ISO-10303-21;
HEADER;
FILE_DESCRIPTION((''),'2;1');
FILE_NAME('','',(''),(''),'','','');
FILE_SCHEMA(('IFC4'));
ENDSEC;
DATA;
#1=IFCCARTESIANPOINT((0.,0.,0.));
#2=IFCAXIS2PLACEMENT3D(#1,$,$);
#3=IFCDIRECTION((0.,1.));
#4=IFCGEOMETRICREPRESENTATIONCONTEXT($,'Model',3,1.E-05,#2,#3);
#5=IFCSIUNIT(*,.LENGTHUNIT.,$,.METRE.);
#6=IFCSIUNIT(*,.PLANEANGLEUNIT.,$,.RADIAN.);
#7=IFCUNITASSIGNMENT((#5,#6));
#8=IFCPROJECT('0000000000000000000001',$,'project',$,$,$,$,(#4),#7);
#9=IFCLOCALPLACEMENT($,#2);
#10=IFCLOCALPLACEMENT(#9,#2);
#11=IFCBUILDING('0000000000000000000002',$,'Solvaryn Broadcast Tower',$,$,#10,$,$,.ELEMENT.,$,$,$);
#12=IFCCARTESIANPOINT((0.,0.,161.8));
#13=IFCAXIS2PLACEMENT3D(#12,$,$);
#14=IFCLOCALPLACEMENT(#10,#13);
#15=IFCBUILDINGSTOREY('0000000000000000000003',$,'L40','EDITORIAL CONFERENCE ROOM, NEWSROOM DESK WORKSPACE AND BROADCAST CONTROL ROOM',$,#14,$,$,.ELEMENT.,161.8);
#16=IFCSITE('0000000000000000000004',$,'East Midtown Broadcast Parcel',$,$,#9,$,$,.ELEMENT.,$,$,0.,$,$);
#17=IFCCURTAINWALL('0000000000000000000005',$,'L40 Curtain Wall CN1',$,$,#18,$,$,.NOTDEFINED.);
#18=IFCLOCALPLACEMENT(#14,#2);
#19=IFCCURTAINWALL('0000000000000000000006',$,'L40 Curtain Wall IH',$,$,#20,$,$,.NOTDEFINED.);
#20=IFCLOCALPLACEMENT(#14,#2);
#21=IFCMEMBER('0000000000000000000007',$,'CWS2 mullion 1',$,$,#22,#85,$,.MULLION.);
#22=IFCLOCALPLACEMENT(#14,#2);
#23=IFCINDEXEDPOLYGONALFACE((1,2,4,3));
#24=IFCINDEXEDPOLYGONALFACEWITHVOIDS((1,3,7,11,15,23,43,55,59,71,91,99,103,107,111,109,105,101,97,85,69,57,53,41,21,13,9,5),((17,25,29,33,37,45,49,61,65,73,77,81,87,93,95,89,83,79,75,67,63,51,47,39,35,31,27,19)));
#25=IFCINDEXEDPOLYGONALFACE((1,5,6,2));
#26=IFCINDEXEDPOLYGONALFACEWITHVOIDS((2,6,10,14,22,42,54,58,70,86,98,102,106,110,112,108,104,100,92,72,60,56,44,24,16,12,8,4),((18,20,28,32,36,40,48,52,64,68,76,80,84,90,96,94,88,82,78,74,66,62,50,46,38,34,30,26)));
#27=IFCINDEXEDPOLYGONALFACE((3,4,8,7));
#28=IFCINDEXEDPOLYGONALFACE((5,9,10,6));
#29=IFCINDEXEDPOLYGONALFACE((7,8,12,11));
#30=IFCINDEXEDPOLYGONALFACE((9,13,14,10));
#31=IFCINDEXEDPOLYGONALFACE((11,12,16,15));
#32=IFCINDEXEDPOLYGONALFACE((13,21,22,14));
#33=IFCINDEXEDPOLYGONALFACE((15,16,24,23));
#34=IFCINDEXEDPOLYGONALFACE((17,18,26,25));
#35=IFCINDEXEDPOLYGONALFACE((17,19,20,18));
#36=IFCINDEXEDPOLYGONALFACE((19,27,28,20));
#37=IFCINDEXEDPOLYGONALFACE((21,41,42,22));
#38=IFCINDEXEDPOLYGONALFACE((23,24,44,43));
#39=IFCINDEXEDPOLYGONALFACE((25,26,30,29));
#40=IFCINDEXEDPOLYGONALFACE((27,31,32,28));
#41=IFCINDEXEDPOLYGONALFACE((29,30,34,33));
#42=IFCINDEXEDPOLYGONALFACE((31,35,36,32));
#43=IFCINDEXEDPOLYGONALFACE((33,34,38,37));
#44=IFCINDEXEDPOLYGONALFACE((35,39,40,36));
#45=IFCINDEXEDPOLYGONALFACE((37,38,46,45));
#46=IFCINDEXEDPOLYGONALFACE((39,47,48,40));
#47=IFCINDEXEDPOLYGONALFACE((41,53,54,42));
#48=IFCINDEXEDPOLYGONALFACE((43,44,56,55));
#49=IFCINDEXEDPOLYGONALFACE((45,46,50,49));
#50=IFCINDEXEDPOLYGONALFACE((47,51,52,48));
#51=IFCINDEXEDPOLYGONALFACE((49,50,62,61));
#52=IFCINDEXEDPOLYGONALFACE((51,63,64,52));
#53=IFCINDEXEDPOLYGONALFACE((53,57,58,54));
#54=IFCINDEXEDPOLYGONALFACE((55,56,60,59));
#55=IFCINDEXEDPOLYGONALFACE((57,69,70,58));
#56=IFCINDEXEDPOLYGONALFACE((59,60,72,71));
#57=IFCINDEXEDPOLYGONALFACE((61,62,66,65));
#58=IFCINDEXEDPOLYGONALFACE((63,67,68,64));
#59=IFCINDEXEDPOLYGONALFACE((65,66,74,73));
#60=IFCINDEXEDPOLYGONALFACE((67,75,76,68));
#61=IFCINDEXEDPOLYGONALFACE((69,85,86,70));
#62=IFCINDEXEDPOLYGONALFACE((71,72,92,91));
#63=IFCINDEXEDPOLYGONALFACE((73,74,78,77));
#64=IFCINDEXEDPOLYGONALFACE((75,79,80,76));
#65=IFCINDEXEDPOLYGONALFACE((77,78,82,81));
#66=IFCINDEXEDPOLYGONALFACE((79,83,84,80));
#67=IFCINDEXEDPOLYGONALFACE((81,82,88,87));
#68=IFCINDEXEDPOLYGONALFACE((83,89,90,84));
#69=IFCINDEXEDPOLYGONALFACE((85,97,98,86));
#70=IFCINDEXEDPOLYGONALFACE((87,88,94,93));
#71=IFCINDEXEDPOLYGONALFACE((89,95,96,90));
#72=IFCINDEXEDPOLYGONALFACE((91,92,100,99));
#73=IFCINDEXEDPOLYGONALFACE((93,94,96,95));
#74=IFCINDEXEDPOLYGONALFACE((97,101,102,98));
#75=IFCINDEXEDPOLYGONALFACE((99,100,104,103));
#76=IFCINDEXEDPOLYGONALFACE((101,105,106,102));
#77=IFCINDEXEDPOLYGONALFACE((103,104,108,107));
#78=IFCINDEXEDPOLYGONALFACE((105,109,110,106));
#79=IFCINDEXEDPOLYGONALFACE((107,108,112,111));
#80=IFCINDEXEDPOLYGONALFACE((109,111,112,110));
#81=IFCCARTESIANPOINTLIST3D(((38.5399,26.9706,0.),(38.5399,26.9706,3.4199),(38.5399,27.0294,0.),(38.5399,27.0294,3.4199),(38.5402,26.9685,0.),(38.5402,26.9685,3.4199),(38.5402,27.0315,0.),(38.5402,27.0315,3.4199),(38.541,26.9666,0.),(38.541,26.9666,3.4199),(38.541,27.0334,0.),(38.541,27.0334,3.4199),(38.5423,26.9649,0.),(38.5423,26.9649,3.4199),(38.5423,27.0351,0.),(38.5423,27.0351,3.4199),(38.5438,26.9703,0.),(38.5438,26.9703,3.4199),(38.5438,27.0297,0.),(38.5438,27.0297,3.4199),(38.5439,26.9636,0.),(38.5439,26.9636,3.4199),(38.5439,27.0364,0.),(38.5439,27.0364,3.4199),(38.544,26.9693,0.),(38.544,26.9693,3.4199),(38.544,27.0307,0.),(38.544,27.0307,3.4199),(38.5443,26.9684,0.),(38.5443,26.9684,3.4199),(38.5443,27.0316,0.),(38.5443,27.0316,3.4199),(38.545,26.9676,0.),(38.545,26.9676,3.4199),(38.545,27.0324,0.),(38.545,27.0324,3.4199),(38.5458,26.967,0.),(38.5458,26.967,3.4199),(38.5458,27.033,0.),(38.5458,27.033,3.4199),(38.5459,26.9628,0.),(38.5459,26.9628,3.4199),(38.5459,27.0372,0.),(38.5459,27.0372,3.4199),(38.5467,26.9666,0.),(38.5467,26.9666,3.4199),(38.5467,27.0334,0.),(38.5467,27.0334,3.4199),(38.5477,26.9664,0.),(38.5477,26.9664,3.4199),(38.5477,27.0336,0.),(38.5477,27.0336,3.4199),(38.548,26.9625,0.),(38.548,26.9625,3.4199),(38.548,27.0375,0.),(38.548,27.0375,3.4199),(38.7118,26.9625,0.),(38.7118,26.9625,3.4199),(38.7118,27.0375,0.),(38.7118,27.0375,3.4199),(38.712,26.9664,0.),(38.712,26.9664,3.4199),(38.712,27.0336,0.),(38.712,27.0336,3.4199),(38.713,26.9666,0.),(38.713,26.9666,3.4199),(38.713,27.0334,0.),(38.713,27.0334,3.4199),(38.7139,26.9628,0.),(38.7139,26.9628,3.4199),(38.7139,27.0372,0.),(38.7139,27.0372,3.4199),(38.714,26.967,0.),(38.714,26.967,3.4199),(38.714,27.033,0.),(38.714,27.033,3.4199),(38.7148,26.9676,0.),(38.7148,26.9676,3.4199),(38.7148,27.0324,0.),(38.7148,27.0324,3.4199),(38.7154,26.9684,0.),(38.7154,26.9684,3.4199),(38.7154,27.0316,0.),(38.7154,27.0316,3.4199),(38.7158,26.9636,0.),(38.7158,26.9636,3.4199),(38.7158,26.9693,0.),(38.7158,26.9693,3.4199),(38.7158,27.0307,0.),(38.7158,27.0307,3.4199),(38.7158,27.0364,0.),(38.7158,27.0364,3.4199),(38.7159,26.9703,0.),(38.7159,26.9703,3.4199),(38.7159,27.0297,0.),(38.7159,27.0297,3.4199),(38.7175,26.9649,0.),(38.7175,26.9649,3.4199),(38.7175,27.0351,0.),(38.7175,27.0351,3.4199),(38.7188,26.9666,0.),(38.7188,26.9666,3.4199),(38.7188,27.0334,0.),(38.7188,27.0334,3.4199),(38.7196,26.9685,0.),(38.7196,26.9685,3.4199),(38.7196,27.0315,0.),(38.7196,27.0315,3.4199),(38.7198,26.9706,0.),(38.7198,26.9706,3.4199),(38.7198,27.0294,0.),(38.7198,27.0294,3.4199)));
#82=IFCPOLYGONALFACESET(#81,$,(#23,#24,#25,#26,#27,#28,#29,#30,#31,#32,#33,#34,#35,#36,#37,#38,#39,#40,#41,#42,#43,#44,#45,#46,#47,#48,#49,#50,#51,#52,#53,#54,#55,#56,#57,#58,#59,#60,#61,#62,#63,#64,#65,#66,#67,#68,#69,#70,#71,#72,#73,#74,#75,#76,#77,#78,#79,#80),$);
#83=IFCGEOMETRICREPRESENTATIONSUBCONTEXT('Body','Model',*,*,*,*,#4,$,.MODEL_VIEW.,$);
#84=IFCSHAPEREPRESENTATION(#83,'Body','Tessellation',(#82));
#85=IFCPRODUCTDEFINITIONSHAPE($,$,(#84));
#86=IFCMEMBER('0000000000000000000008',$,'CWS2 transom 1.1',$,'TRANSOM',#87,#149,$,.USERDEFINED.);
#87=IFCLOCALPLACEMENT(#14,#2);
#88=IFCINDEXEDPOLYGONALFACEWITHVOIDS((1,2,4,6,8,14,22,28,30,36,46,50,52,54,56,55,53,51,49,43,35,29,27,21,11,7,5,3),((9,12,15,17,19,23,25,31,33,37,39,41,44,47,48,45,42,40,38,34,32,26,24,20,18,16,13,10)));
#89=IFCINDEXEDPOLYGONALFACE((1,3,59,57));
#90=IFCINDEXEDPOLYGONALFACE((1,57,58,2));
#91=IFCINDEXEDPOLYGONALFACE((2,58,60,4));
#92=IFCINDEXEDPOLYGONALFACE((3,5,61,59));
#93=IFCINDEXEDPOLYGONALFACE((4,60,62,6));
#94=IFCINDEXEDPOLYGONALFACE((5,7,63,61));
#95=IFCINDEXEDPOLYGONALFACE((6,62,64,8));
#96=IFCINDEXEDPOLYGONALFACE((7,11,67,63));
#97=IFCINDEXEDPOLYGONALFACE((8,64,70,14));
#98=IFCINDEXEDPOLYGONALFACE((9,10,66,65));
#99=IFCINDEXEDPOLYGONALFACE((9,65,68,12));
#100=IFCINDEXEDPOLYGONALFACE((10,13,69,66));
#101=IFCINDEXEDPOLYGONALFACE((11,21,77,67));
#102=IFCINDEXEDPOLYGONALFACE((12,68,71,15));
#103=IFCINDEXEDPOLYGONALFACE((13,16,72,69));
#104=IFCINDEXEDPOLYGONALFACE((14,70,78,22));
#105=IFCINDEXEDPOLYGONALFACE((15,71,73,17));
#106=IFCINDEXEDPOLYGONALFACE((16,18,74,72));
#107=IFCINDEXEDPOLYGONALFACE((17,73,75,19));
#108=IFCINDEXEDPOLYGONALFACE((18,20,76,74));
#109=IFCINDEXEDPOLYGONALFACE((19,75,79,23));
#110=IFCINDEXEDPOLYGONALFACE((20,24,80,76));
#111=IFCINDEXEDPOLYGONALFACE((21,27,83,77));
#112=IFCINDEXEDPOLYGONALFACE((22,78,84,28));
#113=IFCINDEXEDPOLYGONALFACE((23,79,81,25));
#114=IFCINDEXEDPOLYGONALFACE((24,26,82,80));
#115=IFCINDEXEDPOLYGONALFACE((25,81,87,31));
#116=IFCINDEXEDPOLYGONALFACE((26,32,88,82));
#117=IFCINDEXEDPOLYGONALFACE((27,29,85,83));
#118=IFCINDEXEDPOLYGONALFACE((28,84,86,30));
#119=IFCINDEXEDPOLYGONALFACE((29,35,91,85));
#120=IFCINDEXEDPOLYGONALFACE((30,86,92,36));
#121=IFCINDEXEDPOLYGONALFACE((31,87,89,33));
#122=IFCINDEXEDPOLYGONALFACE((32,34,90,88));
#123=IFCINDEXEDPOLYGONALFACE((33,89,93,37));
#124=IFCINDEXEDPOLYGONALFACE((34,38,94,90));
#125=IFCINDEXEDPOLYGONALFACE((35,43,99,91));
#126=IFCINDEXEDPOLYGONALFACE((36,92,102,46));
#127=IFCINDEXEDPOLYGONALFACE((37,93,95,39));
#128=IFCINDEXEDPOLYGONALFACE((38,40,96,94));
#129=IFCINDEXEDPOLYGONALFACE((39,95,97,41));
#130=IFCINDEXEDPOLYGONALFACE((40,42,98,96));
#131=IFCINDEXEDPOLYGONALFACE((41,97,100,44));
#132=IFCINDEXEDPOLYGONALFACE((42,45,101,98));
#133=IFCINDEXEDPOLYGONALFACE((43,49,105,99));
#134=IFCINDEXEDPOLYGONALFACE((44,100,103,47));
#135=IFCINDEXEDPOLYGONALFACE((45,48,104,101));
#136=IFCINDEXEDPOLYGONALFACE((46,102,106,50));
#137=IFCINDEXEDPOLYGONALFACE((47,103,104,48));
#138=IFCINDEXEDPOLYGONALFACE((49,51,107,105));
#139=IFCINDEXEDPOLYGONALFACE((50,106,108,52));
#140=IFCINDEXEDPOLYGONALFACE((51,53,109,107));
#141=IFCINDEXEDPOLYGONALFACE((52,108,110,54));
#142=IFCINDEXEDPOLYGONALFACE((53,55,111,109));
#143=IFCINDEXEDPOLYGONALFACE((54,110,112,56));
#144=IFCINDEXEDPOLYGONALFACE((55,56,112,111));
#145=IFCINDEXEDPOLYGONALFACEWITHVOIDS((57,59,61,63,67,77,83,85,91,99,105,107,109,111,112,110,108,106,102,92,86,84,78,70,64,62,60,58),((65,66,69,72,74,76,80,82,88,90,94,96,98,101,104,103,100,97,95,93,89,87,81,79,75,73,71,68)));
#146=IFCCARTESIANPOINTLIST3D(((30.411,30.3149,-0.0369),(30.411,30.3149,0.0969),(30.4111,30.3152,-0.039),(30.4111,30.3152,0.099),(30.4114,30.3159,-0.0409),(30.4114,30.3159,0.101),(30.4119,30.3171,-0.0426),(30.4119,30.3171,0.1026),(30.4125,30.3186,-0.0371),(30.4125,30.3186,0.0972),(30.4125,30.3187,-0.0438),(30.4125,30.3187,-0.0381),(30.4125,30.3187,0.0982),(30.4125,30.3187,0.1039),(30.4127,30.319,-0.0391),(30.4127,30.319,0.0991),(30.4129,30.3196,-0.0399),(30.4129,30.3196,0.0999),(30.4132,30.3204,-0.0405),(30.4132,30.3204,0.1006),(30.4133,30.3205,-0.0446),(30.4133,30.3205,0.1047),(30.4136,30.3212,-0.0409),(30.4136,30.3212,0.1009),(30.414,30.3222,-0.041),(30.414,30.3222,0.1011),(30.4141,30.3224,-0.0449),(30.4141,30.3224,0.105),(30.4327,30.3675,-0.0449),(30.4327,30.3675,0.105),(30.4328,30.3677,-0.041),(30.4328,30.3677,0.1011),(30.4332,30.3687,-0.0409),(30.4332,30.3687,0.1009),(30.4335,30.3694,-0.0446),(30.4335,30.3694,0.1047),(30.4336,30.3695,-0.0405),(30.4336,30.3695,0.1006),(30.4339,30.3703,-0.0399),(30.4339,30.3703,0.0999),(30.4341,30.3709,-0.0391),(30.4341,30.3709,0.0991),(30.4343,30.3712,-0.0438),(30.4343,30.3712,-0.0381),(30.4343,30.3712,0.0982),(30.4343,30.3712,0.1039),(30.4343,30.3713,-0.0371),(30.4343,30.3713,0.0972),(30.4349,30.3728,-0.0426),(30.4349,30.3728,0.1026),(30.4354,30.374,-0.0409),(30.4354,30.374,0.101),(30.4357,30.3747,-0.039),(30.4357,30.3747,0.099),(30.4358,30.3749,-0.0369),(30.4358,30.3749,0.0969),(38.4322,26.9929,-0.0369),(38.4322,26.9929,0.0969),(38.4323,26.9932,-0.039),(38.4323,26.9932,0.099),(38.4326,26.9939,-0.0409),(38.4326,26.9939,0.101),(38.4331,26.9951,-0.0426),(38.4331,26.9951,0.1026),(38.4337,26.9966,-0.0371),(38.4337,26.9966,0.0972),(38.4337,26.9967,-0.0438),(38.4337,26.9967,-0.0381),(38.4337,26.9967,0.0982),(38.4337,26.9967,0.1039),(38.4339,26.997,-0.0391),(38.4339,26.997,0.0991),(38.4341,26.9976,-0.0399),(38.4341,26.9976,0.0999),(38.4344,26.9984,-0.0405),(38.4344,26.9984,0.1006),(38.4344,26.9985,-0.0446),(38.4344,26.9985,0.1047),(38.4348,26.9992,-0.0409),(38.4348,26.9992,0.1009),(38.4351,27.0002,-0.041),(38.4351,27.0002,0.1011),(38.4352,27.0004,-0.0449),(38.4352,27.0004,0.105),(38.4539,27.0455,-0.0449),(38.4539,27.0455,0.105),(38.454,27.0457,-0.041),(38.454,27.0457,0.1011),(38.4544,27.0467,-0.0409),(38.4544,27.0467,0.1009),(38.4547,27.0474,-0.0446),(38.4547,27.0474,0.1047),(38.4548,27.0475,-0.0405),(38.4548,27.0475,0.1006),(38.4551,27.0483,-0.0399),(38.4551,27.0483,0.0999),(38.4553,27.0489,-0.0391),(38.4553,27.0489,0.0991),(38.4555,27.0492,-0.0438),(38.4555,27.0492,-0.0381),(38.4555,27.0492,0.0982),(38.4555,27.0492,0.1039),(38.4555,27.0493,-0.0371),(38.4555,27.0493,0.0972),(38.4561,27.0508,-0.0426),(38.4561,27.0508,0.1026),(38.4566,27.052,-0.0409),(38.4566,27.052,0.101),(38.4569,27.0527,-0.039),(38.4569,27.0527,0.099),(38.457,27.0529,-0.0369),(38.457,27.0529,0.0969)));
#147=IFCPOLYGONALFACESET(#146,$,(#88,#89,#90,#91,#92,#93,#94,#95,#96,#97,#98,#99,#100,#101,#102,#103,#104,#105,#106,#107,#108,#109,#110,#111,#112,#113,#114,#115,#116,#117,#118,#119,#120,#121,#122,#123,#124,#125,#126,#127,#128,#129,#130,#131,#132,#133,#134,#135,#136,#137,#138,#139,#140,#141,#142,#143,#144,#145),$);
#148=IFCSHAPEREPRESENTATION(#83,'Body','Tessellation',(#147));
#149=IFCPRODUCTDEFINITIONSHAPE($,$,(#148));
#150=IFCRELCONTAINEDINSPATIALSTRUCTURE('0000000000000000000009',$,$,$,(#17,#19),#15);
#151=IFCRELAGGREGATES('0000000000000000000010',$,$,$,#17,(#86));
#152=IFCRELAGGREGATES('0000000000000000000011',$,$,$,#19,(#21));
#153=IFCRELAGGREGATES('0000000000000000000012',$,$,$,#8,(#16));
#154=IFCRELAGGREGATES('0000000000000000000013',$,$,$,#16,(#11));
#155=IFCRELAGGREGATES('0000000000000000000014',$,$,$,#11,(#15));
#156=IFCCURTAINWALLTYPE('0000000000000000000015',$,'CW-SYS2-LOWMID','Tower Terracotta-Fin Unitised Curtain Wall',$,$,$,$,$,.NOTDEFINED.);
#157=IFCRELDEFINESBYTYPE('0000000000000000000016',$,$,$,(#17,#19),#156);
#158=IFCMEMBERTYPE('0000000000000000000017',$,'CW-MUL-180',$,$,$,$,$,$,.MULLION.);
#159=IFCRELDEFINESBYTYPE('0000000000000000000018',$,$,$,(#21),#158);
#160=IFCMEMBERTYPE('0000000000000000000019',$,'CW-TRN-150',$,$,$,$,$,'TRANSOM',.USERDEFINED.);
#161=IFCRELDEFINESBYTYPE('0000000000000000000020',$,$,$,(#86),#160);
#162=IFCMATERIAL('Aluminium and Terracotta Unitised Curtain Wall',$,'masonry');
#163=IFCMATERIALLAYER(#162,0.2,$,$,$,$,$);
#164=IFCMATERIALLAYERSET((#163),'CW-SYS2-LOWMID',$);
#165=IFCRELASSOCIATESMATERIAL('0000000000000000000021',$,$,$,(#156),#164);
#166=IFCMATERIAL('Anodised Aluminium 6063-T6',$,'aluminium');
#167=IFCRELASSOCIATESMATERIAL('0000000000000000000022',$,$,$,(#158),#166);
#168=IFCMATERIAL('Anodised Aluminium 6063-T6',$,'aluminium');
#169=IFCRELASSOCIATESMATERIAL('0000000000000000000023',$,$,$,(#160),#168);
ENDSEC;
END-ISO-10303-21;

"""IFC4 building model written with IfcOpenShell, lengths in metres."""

from ifc_helpers import new_model, si_unit, direction, frame, origin, origin_2d, place, context, subcontext, project, spatial, hollow_rectangle, extrude, material, layer, layer_set, material_profile, profile_set, type_object, element, aggregate, save


model = new_model("IFC4")

# Units and contexts
model_context = context("Model", 3, precision=1e-05, world=origin(), true_north=direction((0.0, 1.0)))
body_context = subcontext(model_context, "Body", "Model", "MODEL_VIEW")
ifc_project = project(units=[si_unit("LENGTHUNIT", "METRE"), si_unit("PLANEANGLEUNIT", "RADIAN")], contexts=[model_context])

# Site, building, storey
site_placement = place(None, origin())
site = spatial("IfcSite", under=ifc_project, at=site_placement, Name="East Midtown Broadcast Parcel", CompositionType="ELEMENT", RefElevation=0.0)
building_placement = place(site_placement, origin())
building = spatial("IfcBuilding", under=site, at=building_placement, Name="Solvaryn Broadcast Tower", CompositionType="ELEMENT")
storey_placement = place(building_placement, frame((0.0, 0.0, 161.8)))
storey = spatial("IfcBuildingStorey", under=building, at=storey_placement, Name="L40", Description="EDITORIAL CONFERENCE ROOM, NEWSROOM DESK WORKSPACE AND BROADCAST CONTROL ROOM", CompositionType="ELEMENT", Elevation=161.8)

# Curtain walls, member
ifc_material_1 = material(Name="Aluminium and Terracotta Unitised Curtain Wall", Category="masonry")
ifc_layer_1 = layer(ifc_material_1, 0.2)
ifc_layer_set_1 = layer_set([ifc_layer_1], Name="CW-SYS2-LOWMID")
curtain_wall_type = type_object("IfcCurtainWallType", Name="CW-SYS2-LOWMID", Description="Tower Terracotta-Fin Unitised Curtain Wall", PredefinedType="NOTDEFINED", material=ifc_layer_set_1)
curtain_wall_1_placement = place(storey_placement, origin())
curtain_wall_1 = element("IfcCurtainWall", 1, at=curtain_wall_1_placement, inside=storey, type_object=curtain_wall_type, Name="L40 Curtain Wall CN1", PredefinedType="NOTDEFINED")
ifc_material_2 = material(Name="Anodised Aluminium 6063-T6", Category="aluminium")
ifc_material_profile_1 = material_profile(ifc_material_2, hollow_rectangle(XDim=0.075, YDim=0.1799, WallThickness=0.0039, InnerFilletRadius=0.0039, OuterFilletRadius=0.0081, at=origin_2d()))
ifc_profile_set_1 = profile_set([ifc_material_profile_1], Name="Anodised Aluminium 6063-T6")
member_type_1 = type_object("IfcMemberType", Name="CW-MUL-180", PredefinedType="MULLION", material=ifc_profile_set_1)
curtain_wall_2_placement = place(storey_placement, origin())
curtain_wall_2 = element("IfcCurtainWall", 2, at=curtain_wall_2_placement, inside=storey, type_object=curtain_wall_type, Name="L40 Curtain Wall IH", PredefinedType="NOTDEFINED")
member_1_placement = place(storey_placement, frame((38.6299, 27.0, 0.0), z_axis=(0.0, 0.0, 1.0), x_axis=(0.0, 1.0, 0.0)))
member_1 = element("IfcMember", 3, at=member_1_placement, type_object=member_type_1, Name="CWS2 mullion 1", PredefinedType="MULLION", context=body_context, shape_type="SweptSolid", body=[
    extrude(hollow_rectangle(XDim=0.075, YDim=0.1799, WallThickness=0.0039, InnerFilletRadius=0.0039, OuterFilletRadius=0.0081, at=origin_2d()), origin(), (0.0, 0.0, 1.0), 3.4199),
])

# Member
ifc_material_3 = material(Name="Anodised Aluminium 6063-T6", Category="aluminium")
ifc_material_profile_2 = material_profile(ifc_material_3, hollow_rectangle(XDim=0.0649, YDim=0.1499, WallThickness=0.0039, InnerFilletRadius=0.0039, OuterFilletRadius=0.0081, at=origin_2d()))
ifc_profile_set_2 = profile_set([ifc_material_profile_2], Name="Anodised Aluminium 6063-T6")
member_type_2 = type_object("IfcMemberType", Name="CW-TRN-150", ElementType="TRANSOM", PredefinedType="USERDEFINED", material=ifc_profile_set_2)
member_2_placement = place(storey_placement, frame((38.4446, 27.0229, 0.03), z_axis=(-0.923899, 0.382636, 0.0), x_axis=(-0.382636, -0.923899, 0.0)))
member_2 = element("IfcMember", 4, at=member_2_placement, type_object=member_type_2, Name="CWS2 transom 1.1", ObjectType="TRANSOM", PredefinedType="USERDEFINED", context=body_context, shape_type="SweptSolid", body=[
    extrude(hollow_rectangle(XDim=0.0649, YDim=0.1499, WallThickness=0.0039, InnerFilletRadius=0.0039, OuterFilletRadius=0.0081, at=origin_2d()), origin(), (0.0, 0.0, 1.0), 8.6819),
])
aggregate(curtain_wall_1, [member_2])
aggregate(curtain_wall_2, [member_1])

save(model, "model.ifc")
